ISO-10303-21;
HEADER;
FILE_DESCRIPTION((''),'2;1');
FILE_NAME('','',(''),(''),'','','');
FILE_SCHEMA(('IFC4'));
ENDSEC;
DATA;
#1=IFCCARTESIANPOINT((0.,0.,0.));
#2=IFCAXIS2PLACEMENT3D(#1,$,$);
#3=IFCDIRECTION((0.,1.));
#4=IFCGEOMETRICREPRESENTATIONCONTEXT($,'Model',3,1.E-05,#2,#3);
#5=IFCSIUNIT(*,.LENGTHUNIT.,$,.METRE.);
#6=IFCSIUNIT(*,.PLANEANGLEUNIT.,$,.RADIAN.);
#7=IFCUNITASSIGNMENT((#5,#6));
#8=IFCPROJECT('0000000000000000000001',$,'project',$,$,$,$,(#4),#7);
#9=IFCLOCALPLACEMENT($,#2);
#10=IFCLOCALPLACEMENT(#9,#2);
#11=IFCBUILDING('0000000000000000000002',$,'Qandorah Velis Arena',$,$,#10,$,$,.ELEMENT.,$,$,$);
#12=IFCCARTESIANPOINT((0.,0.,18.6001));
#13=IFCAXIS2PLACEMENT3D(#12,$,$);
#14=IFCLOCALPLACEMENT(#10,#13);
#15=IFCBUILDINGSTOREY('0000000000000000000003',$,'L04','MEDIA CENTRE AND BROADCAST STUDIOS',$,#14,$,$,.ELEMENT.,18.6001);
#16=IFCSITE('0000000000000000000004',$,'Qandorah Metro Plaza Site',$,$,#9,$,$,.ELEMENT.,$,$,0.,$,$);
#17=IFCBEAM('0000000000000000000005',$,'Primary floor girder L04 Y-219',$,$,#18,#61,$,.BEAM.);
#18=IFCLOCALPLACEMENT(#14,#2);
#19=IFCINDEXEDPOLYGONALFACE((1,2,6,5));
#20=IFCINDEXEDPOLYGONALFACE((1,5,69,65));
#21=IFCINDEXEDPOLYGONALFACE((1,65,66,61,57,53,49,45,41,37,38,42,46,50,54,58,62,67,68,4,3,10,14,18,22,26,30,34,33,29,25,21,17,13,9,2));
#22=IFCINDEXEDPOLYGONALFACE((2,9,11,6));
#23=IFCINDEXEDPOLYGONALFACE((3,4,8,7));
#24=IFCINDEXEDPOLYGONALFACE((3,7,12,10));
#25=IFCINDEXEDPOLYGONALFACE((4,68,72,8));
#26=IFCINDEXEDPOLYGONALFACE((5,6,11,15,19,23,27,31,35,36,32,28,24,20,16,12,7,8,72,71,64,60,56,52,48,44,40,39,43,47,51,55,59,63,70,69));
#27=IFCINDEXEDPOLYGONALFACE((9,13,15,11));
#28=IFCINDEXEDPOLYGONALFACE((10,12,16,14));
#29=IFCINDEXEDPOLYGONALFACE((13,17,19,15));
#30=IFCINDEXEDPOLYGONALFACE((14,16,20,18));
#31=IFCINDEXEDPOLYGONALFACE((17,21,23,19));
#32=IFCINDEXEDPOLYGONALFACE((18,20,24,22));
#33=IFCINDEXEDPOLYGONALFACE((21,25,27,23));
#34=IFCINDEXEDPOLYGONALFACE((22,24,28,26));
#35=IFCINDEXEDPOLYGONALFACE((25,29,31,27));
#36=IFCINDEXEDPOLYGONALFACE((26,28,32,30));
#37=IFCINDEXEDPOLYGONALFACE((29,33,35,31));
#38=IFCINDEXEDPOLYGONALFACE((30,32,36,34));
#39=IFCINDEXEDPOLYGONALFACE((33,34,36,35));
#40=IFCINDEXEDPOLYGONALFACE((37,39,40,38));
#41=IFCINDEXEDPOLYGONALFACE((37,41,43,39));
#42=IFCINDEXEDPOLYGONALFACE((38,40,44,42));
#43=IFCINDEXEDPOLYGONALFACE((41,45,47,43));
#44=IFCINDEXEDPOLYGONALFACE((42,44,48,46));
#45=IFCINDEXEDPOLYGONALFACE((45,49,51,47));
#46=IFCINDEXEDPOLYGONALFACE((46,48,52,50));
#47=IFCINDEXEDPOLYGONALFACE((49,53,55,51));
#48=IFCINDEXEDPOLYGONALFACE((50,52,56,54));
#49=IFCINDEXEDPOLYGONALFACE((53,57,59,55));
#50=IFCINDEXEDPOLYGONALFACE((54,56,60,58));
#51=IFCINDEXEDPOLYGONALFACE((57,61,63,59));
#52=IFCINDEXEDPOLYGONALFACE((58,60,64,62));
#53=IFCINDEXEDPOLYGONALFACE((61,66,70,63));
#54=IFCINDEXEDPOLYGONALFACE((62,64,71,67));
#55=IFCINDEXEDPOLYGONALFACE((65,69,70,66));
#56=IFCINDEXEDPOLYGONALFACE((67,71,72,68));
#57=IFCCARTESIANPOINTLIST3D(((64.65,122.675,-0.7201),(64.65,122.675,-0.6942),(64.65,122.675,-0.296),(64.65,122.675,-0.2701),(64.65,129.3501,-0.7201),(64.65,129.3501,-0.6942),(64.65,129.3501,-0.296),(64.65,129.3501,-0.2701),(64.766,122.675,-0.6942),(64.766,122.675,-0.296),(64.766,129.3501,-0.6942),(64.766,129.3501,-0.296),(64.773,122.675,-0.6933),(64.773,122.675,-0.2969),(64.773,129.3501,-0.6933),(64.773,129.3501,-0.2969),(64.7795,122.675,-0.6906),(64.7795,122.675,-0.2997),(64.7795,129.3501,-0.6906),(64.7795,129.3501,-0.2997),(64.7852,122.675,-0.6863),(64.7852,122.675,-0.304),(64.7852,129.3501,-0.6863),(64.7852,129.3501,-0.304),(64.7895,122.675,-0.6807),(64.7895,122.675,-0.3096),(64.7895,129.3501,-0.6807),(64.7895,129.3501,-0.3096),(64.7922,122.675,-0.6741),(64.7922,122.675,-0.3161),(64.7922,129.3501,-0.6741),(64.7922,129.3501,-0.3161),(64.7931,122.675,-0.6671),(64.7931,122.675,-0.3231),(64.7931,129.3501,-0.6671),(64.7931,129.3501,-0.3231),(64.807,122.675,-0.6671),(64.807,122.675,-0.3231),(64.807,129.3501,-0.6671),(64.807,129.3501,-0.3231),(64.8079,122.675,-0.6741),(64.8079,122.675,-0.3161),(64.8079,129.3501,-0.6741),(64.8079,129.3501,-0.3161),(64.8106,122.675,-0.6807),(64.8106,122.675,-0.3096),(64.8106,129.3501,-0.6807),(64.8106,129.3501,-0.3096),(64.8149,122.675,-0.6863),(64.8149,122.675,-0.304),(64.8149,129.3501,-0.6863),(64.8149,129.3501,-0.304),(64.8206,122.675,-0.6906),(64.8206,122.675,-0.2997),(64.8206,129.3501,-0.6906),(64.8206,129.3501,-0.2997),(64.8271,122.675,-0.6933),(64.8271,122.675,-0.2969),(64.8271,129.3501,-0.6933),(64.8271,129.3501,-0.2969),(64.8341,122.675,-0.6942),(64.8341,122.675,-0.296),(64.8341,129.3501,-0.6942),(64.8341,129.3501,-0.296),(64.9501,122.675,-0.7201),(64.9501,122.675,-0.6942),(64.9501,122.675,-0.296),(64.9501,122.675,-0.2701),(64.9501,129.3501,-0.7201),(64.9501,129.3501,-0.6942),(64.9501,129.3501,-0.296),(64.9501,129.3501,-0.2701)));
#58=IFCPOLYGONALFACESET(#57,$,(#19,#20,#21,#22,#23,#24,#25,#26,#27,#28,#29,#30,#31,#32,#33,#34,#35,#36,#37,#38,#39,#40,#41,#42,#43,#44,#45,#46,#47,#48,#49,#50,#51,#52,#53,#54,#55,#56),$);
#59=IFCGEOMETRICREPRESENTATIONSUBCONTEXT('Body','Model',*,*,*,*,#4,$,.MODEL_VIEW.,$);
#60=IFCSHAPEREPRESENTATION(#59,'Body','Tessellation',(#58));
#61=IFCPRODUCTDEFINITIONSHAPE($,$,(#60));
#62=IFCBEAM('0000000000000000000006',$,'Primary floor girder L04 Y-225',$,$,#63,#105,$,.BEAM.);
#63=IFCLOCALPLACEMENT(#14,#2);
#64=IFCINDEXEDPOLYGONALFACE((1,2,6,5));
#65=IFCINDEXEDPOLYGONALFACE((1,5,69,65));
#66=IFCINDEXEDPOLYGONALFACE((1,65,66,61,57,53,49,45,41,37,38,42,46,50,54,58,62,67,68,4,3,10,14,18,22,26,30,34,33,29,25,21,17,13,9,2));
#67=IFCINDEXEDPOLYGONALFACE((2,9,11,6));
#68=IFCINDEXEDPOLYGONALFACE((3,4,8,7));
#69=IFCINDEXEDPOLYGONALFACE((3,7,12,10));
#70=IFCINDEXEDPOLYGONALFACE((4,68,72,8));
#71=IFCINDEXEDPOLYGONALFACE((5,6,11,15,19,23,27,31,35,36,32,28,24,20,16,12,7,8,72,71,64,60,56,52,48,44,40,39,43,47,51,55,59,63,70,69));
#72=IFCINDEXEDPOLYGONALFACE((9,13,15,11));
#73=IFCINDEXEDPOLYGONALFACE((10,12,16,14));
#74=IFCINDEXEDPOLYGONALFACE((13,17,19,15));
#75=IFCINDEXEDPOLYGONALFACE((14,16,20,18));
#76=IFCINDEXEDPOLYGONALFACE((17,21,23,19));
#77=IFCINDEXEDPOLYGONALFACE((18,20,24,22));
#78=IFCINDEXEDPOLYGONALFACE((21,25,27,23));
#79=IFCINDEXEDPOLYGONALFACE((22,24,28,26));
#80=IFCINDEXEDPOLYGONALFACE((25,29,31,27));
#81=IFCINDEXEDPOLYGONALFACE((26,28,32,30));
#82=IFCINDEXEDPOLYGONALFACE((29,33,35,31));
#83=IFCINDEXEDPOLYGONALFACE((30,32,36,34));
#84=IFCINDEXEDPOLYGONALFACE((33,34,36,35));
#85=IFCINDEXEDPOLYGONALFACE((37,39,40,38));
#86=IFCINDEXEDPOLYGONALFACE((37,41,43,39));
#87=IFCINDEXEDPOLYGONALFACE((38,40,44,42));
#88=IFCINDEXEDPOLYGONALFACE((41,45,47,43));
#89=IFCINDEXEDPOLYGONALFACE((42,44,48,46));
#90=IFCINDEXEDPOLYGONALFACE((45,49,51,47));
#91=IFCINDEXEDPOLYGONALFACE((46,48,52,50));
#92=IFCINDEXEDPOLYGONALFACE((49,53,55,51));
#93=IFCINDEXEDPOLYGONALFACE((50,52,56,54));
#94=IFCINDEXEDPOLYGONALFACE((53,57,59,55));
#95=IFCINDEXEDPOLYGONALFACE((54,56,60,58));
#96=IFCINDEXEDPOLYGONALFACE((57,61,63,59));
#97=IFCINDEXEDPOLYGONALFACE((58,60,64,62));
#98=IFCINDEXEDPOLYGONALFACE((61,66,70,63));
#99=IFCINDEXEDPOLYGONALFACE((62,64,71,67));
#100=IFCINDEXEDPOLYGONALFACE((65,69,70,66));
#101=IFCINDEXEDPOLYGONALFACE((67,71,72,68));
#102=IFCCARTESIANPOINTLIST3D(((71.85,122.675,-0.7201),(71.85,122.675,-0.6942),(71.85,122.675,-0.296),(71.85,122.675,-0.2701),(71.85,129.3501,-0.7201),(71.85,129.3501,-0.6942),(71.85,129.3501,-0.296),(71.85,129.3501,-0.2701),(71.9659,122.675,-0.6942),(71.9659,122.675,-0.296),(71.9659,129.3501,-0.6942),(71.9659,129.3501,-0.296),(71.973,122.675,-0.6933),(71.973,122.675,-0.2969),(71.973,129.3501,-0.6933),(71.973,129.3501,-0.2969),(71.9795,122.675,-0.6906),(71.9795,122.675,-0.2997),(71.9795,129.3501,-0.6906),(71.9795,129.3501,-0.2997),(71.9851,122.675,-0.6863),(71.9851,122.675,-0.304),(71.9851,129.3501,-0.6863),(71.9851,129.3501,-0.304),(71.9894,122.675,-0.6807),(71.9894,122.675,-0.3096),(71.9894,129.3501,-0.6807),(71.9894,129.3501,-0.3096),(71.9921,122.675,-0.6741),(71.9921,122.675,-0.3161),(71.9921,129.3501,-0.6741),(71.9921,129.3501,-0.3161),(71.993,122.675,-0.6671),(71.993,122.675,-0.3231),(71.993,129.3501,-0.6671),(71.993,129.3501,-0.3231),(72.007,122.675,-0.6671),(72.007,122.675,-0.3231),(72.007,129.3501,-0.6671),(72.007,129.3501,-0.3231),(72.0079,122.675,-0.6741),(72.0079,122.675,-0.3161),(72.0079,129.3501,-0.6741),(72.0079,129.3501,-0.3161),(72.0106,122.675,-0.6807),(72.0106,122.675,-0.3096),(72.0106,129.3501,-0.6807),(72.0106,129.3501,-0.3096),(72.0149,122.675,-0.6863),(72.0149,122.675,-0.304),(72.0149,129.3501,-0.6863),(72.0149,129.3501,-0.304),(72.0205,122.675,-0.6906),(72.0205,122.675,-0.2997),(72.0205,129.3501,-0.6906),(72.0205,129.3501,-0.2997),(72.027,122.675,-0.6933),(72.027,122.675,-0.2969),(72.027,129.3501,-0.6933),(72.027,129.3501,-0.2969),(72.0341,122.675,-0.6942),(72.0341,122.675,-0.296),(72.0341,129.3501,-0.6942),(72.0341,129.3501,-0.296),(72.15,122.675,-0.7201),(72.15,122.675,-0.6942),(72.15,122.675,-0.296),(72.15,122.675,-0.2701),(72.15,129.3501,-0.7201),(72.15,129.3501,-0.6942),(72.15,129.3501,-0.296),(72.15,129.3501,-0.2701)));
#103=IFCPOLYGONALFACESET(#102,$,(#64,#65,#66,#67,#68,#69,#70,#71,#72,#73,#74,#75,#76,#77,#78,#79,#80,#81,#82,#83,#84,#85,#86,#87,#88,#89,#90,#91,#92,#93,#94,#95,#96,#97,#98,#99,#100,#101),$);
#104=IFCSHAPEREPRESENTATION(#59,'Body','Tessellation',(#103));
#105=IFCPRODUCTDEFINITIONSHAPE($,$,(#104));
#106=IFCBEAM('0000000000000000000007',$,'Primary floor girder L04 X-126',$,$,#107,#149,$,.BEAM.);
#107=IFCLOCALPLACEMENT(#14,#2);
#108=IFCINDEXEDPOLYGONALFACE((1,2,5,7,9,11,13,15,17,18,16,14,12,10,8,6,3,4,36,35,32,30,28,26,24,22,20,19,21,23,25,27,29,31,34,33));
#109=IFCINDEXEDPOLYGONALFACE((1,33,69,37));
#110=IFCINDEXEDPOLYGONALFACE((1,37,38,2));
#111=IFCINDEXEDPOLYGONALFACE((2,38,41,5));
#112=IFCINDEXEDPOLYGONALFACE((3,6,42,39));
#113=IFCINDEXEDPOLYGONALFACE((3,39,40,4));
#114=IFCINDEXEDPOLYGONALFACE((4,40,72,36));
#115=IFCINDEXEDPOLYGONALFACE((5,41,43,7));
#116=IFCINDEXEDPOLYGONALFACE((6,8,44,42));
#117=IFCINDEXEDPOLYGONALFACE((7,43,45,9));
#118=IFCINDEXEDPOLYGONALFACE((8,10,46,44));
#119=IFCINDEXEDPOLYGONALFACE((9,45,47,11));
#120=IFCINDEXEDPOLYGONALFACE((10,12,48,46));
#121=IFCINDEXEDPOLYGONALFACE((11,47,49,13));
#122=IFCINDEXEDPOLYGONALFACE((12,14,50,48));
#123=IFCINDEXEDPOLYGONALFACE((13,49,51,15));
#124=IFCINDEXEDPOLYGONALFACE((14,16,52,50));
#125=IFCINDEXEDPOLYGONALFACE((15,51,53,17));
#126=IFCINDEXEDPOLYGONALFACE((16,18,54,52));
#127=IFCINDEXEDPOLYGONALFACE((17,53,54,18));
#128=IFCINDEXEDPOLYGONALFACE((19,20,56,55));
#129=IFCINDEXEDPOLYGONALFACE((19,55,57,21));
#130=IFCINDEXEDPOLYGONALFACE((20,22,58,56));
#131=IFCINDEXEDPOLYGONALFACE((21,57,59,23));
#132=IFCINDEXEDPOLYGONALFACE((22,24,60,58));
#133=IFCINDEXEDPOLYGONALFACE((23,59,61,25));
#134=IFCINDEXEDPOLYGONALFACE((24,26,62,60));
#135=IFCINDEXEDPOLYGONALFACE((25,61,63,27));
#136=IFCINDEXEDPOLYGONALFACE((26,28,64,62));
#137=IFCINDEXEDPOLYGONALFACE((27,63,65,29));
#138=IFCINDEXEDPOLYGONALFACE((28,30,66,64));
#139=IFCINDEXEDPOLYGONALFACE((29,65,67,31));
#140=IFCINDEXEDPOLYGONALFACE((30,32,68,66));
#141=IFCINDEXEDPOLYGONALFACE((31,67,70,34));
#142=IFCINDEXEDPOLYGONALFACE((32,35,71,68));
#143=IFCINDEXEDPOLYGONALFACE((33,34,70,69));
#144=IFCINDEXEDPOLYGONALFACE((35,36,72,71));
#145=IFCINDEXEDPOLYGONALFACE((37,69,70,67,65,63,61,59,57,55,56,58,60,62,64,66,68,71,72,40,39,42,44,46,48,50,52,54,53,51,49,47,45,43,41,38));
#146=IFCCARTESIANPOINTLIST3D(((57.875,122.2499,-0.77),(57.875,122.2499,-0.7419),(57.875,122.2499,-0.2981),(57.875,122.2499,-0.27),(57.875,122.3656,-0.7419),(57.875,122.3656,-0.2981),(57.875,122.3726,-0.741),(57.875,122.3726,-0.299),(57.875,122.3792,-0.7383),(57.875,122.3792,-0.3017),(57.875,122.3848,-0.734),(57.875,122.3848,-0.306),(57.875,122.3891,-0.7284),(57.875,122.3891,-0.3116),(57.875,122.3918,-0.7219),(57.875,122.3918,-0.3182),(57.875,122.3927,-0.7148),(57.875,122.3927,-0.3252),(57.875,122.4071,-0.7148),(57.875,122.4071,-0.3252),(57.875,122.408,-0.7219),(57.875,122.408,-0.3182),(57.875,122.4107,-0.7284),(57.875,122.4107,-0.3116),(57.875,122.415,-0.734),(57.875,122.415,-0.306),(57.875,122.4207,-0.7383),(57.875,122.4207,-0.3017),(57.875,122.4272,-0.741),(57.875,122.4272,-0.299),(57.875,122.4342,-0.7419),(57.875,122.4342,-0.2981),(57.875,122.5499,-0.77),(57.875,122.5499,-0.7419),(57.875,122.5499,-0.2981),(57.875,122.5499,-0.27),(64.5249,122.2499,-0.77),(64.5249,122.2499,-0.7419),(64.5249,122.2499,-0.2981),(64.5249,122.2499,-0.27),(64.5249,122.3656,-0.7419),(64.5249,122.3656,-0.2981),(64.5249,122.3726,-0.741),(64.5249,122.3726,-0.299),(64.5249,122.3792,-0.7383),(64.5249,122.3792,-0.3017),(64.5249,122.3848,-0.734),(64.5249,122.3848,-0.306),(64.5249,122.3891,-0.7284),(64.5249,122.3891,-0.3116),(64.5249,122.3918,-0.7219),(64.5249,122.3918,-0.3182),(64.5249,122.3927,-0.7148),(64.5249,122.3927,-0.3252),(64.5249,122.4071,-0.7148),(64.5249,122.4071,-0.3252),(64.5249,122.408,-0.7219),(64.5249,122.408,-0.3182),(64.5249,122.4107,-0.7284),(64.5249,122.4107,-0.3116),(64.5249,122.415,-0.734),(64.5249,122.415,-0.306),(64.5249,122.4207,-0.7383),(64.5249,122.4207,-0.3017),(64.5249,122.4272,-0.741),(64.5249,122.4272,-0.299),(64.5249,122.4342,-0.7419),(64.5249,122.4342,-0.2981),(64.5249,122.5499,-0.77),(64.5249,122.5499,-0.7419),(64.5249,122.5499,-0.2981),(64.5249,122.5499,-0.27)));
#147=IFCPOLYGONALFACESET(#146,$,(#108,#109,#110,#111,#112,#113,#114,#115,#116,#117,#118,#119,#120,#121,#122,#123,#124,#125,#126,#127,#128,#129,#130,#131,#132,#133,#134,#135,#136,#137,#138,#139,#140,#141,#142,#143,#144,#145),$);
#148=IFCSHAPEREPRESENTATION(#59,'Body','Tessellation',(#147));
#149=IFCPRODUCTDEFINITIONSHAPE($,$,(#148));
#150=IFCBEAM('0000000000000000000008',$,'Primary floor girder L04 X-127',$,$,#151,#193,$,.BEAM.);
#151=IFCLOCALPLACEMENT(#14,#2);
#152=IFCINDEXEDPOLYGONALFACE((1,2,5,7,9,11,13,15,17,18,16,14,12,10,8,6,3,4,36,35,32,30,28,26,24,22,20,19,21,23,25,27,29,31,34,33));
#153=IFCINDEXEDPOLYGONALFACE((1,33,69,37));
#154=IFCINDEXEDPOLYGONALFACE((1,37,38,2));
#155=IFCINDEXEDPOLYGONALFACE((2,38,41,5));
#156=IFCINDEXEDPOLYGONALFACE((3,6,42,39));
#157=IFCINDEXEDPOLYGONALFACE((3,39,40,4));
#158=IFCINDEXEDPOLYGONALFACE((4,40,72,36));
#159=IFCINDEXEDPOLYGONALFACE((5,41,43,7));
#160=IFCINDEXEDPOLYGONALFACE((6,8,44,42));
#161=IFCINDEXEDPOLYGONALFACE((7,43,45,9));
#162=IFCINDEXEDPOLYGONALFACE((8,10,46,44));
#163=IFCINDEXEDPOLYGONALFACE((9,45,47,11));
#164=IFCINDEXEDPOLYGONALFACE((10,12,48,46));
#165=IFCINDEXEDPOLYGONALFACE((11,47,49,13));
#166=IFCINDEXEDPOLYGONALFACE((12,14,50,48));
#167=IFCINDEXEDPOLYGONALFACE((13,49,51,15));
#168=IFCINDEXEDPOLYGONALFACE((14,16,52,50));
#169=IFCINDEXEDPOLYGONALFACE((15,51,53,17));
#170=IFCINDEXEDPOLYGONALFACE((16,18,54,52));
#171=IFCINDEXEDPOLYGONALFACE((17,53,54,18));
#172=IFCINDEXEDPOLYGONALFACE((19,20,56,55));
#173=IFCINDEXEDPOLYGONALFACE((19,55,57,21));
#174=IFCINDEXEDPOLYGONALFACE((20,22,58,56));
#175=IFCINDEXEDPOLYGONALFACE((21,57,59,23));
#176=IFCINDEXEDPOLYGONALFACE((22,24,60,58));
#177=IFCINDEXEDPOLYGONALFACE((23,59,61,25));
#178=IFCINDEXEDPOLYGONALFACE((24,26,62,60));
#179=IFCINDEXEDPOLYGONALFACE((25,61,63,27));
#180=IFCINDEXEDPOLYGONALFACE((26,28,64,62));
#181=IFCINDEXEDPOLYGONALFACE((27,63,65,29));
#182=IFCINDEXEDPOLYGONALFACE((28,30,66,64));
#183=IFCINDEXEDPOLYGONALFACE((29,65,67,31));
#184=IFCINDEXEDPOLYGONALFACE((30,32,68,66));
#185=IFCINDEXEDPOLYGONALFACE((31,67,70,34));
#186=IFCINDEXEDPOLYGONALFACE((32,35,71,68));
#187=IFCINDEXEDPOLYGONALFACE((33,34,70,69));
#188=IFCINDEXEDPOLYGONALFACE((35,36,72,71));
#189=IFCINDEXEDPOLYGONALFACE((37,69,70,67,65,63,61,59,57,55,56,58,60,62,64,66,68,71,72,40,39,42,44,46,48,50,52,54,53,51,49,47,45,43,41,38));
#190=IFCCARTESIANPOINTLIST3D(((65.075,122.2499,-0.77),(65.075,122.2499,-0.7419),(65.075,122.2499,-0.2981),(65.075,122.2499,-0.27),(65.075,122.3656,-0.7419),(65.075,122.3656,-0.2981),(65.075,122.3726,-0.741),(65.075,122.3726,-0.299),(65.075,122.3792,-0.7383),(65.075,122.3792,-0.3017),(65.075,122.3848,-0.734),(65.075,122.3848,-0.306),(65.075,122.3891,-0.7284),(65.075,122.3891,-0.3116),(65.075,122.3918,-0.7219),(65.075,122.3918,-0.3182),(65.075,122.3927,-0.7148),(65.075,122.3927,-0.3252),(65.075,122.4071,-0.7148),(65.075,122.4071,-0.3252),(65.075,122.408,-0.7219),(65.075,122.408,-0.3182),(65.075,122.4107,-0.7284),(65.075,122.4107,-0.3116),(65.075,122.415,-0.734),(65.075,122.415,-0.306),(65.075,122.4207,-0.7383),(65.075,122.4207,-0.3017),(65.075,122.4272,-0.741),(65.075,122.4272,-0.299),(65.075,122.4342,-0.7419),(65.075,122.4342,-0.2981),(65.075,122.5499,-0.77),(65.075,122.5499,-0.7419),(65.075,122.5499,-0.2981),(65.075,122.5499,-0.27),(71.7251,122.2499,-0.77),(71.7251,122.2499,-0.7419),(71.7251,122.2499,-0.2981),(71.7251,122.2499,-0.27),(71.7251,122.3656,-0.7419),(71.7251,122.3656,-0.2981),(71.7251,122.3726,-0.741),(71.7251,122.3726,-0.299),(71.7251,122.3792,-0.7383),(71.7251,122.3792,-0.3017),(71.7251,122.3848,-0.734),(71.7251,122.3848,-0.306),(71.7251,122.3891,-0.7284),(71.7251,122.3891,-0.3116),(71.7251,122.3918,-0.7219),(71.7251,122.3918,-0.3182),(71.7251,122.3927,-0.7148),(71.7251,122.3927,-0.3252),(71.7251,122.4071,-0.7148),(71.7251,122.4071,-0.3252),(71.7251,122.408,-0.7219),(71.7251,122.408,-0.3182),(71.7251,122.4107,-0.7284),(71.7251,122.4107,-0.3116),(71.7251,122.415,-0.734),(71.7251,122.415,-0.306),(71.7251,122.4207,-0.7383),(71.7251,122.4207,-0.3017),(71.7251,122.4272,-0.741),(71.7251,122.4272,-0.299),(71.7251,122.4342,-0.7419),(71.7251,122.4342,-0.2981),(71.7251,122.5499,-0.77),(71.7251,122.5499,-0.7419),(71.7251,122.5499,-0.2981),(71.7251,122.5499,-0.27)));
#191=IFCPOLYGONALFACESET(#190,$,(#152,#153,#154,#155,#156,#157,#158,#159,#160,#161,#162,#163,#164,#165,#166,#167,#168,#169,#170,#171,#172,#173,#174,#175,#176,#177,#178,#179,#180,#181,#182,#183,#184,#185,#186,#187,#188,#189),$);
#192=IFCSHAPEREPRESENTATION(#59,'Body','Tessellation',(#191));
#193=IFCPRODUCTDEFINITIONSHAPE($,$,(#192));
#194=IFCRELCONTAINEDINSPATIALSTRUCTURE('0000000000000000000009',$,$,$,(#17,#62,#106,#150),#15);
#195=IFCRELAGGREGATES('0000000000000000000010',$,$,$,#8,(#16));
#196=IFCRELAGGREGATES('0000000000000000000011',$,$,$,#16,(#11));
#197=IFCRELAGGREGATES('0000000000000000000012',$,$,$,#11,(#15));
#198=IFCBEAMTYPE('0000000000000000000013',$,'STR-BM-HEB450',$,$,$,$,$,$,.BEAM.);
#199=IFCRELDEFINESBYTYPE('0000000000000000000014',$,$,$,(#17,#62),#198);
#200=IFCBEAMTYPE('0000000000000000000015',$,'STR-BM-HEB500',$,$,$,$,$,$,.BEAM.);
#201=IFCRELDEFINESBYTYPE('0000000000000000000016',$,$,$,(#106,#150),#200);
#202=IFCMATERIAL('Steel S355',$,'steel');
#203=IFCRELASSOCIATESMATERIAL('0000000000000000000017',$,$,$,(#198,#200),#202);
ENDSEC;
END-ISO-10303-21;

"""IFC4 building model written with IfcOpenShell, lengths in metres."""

from ifc_helpers import new_model, si_unit, direction, frame, origin, origin_2d, place, context, subcontext, project, spatial, i_section, extrude, material, material_profile, profile_set, type_object, element, save


model = new_model("IFC4")

# Units and contexts
model_context = context("Model", 3, precision=1e-05, world=origin(), true_north=direction((0.0, 1.0)))
body_context = subcontext(model_context, "Body", "Model", "MODEL_VIEW")
ifc_project = project(units=[si_unit("LENGTHUNIT", "METRE"), si_unit("PLANEANGLEUNIT", "RADIAN")], contexts=[model_context])

# Site, building, storey
site_placement = place(None, origin())
site = spatial("IfcSite", under=ifc_project, at=site_placement, Name="Qandorah Metro Plaza Site", CompositionType="ELEMENT", RefElevation=0.0)
building_placement = place(site_placement, origin())
building = spatial("IfcBuilding", under=site, at=building_placement, Name="Qandorah Velis Arena", CompositionType="ELEMENT")
storey_placement = place(building_placement, frame((0.0, 0.0, 18.6001)))
storey = spatial("IfcBuildingStorey", under=building, at=storey_placement, Name="L04", Description="MEDIA CENTRE AND BROADCAST STUDIOS", CompositionType="ELEMENT", Elevation=18.6001)

# Shared definitions
ifc_material_1 = material(Name="Steel S355", Category="steel")

# Beams
ifc_material_profile_1 = material_profile(ifc_material_1, i_section(OverallWidth=0.3, OverallDepth=0.45, WebThickness=0.0139, FlangeThickness=0.0259, FilletRadius=0.0271, at=origin_2d()), Name="HEB 450")
ifc_profile_set_1 = profile_set([ifc_material_profile_1], Name="Steel S355")
beam_type_1 = type_object("IfcBeamType", Name="STR-BM-HEB450", PredefinedType="BEAM", material=ifc_profile_set_1)
for number, where, z_axis, x_axis, name in (
    (1, (64.8, 122.675, -0.4951), (0.0, 1.0, 0.0), (-1.0, 0.0, 0.0), "Primary floor girder L04 Y-219"),
    (2, (72.0, 122.675, -0.4951), (0.0, 1.0, 0.0), (-1.0, 0.0, 0.0), "Primary floor girder L04 Y-225"),
):
    element("IfcBeam", number, at=place(storey_placement, frame(where, z_axis=z_axis, x_axis=x_axis)), inside=storey, type_object=beam_type_1, Name=name, PredefinedType="BEAM", context=body_context, shape_type="SweptSolid", body=[
        extrude(i_section(OverallWidth=0.3, OverallDepth=0.45, WebThickness=0.0139, FlangeThickness=0.0259, FilletRadius=0.0271, at=origin_2d()), origin(), (0.0, 0.0, 1.0), 6.675),
    ])
ifc_material_profile_2 = material_profile(ifc_material_1, i_section(OverallWidth=0.3, OverallDepth=0.5, WebThickness=0.0144, FlangeThickness=0.0281, FilletRadius=0.0271, at=origin_2d()), Name="HEB 500")
ifc_profile_set_2 = profile_set([ifc_material_profile_2], Name="Steel S355")
beam_type_2 = type_object("IfcBeamType", Name="STR-BM-HEB500", PredefinedType="BEAM", material=ifc_profile_set_2)
beam_1_placement = place(storey_placement, frame((57.875, 122.3999, -0.52), z_axis=(1.0, 0.0, 0.0), x_axis=(0.0, 1.0, 0.0)))
element("IfcBeam", 3, at=beam_1_placement, inside=storey, type_object=beam_type_2, Name="Primary floor girder L04 X-126", PredefinedType="BEAM", context=body_context, shape_type="SweptSolid", body=[
    extrude(i_section(OverallWidth=0.3, OverallDepth=0.5, WebThickness=0.0144, FlangeThickness=0.0281, FilletRadius=0.0271, at=origin_2d()), origin(), (0.0, 0.0, 1.0), 6.6499),
])
for number, where, z_axis, x_axis, name in (
    (4, (65.075, 122.3999, -0.52), (1.0, 0.0, 0.0), (0.0, 1.0, 0.0), "Primary floor girder L04 X-127"),
):
    element("IfcBeam", number, at=place(storey_placement, frame(where, z_axis=z_axis, x_axis=x_axis)), inside=storey, type_object=beam_type_2, Name=name, PredefinedType="BEAM", context=body_context, shape_type="SweptSolid", body=[
        extrude(i_section(OverallWidth=0.3, OverallDepth=0.5, WebThickness=0.0144, FlangeThickness=0.0281, FilletRadius=0.0271, at=origin_2d()), origin(), (0.0, 0.0, 1.0), 6.6501),
    ])

save(model, "model.ifc")
